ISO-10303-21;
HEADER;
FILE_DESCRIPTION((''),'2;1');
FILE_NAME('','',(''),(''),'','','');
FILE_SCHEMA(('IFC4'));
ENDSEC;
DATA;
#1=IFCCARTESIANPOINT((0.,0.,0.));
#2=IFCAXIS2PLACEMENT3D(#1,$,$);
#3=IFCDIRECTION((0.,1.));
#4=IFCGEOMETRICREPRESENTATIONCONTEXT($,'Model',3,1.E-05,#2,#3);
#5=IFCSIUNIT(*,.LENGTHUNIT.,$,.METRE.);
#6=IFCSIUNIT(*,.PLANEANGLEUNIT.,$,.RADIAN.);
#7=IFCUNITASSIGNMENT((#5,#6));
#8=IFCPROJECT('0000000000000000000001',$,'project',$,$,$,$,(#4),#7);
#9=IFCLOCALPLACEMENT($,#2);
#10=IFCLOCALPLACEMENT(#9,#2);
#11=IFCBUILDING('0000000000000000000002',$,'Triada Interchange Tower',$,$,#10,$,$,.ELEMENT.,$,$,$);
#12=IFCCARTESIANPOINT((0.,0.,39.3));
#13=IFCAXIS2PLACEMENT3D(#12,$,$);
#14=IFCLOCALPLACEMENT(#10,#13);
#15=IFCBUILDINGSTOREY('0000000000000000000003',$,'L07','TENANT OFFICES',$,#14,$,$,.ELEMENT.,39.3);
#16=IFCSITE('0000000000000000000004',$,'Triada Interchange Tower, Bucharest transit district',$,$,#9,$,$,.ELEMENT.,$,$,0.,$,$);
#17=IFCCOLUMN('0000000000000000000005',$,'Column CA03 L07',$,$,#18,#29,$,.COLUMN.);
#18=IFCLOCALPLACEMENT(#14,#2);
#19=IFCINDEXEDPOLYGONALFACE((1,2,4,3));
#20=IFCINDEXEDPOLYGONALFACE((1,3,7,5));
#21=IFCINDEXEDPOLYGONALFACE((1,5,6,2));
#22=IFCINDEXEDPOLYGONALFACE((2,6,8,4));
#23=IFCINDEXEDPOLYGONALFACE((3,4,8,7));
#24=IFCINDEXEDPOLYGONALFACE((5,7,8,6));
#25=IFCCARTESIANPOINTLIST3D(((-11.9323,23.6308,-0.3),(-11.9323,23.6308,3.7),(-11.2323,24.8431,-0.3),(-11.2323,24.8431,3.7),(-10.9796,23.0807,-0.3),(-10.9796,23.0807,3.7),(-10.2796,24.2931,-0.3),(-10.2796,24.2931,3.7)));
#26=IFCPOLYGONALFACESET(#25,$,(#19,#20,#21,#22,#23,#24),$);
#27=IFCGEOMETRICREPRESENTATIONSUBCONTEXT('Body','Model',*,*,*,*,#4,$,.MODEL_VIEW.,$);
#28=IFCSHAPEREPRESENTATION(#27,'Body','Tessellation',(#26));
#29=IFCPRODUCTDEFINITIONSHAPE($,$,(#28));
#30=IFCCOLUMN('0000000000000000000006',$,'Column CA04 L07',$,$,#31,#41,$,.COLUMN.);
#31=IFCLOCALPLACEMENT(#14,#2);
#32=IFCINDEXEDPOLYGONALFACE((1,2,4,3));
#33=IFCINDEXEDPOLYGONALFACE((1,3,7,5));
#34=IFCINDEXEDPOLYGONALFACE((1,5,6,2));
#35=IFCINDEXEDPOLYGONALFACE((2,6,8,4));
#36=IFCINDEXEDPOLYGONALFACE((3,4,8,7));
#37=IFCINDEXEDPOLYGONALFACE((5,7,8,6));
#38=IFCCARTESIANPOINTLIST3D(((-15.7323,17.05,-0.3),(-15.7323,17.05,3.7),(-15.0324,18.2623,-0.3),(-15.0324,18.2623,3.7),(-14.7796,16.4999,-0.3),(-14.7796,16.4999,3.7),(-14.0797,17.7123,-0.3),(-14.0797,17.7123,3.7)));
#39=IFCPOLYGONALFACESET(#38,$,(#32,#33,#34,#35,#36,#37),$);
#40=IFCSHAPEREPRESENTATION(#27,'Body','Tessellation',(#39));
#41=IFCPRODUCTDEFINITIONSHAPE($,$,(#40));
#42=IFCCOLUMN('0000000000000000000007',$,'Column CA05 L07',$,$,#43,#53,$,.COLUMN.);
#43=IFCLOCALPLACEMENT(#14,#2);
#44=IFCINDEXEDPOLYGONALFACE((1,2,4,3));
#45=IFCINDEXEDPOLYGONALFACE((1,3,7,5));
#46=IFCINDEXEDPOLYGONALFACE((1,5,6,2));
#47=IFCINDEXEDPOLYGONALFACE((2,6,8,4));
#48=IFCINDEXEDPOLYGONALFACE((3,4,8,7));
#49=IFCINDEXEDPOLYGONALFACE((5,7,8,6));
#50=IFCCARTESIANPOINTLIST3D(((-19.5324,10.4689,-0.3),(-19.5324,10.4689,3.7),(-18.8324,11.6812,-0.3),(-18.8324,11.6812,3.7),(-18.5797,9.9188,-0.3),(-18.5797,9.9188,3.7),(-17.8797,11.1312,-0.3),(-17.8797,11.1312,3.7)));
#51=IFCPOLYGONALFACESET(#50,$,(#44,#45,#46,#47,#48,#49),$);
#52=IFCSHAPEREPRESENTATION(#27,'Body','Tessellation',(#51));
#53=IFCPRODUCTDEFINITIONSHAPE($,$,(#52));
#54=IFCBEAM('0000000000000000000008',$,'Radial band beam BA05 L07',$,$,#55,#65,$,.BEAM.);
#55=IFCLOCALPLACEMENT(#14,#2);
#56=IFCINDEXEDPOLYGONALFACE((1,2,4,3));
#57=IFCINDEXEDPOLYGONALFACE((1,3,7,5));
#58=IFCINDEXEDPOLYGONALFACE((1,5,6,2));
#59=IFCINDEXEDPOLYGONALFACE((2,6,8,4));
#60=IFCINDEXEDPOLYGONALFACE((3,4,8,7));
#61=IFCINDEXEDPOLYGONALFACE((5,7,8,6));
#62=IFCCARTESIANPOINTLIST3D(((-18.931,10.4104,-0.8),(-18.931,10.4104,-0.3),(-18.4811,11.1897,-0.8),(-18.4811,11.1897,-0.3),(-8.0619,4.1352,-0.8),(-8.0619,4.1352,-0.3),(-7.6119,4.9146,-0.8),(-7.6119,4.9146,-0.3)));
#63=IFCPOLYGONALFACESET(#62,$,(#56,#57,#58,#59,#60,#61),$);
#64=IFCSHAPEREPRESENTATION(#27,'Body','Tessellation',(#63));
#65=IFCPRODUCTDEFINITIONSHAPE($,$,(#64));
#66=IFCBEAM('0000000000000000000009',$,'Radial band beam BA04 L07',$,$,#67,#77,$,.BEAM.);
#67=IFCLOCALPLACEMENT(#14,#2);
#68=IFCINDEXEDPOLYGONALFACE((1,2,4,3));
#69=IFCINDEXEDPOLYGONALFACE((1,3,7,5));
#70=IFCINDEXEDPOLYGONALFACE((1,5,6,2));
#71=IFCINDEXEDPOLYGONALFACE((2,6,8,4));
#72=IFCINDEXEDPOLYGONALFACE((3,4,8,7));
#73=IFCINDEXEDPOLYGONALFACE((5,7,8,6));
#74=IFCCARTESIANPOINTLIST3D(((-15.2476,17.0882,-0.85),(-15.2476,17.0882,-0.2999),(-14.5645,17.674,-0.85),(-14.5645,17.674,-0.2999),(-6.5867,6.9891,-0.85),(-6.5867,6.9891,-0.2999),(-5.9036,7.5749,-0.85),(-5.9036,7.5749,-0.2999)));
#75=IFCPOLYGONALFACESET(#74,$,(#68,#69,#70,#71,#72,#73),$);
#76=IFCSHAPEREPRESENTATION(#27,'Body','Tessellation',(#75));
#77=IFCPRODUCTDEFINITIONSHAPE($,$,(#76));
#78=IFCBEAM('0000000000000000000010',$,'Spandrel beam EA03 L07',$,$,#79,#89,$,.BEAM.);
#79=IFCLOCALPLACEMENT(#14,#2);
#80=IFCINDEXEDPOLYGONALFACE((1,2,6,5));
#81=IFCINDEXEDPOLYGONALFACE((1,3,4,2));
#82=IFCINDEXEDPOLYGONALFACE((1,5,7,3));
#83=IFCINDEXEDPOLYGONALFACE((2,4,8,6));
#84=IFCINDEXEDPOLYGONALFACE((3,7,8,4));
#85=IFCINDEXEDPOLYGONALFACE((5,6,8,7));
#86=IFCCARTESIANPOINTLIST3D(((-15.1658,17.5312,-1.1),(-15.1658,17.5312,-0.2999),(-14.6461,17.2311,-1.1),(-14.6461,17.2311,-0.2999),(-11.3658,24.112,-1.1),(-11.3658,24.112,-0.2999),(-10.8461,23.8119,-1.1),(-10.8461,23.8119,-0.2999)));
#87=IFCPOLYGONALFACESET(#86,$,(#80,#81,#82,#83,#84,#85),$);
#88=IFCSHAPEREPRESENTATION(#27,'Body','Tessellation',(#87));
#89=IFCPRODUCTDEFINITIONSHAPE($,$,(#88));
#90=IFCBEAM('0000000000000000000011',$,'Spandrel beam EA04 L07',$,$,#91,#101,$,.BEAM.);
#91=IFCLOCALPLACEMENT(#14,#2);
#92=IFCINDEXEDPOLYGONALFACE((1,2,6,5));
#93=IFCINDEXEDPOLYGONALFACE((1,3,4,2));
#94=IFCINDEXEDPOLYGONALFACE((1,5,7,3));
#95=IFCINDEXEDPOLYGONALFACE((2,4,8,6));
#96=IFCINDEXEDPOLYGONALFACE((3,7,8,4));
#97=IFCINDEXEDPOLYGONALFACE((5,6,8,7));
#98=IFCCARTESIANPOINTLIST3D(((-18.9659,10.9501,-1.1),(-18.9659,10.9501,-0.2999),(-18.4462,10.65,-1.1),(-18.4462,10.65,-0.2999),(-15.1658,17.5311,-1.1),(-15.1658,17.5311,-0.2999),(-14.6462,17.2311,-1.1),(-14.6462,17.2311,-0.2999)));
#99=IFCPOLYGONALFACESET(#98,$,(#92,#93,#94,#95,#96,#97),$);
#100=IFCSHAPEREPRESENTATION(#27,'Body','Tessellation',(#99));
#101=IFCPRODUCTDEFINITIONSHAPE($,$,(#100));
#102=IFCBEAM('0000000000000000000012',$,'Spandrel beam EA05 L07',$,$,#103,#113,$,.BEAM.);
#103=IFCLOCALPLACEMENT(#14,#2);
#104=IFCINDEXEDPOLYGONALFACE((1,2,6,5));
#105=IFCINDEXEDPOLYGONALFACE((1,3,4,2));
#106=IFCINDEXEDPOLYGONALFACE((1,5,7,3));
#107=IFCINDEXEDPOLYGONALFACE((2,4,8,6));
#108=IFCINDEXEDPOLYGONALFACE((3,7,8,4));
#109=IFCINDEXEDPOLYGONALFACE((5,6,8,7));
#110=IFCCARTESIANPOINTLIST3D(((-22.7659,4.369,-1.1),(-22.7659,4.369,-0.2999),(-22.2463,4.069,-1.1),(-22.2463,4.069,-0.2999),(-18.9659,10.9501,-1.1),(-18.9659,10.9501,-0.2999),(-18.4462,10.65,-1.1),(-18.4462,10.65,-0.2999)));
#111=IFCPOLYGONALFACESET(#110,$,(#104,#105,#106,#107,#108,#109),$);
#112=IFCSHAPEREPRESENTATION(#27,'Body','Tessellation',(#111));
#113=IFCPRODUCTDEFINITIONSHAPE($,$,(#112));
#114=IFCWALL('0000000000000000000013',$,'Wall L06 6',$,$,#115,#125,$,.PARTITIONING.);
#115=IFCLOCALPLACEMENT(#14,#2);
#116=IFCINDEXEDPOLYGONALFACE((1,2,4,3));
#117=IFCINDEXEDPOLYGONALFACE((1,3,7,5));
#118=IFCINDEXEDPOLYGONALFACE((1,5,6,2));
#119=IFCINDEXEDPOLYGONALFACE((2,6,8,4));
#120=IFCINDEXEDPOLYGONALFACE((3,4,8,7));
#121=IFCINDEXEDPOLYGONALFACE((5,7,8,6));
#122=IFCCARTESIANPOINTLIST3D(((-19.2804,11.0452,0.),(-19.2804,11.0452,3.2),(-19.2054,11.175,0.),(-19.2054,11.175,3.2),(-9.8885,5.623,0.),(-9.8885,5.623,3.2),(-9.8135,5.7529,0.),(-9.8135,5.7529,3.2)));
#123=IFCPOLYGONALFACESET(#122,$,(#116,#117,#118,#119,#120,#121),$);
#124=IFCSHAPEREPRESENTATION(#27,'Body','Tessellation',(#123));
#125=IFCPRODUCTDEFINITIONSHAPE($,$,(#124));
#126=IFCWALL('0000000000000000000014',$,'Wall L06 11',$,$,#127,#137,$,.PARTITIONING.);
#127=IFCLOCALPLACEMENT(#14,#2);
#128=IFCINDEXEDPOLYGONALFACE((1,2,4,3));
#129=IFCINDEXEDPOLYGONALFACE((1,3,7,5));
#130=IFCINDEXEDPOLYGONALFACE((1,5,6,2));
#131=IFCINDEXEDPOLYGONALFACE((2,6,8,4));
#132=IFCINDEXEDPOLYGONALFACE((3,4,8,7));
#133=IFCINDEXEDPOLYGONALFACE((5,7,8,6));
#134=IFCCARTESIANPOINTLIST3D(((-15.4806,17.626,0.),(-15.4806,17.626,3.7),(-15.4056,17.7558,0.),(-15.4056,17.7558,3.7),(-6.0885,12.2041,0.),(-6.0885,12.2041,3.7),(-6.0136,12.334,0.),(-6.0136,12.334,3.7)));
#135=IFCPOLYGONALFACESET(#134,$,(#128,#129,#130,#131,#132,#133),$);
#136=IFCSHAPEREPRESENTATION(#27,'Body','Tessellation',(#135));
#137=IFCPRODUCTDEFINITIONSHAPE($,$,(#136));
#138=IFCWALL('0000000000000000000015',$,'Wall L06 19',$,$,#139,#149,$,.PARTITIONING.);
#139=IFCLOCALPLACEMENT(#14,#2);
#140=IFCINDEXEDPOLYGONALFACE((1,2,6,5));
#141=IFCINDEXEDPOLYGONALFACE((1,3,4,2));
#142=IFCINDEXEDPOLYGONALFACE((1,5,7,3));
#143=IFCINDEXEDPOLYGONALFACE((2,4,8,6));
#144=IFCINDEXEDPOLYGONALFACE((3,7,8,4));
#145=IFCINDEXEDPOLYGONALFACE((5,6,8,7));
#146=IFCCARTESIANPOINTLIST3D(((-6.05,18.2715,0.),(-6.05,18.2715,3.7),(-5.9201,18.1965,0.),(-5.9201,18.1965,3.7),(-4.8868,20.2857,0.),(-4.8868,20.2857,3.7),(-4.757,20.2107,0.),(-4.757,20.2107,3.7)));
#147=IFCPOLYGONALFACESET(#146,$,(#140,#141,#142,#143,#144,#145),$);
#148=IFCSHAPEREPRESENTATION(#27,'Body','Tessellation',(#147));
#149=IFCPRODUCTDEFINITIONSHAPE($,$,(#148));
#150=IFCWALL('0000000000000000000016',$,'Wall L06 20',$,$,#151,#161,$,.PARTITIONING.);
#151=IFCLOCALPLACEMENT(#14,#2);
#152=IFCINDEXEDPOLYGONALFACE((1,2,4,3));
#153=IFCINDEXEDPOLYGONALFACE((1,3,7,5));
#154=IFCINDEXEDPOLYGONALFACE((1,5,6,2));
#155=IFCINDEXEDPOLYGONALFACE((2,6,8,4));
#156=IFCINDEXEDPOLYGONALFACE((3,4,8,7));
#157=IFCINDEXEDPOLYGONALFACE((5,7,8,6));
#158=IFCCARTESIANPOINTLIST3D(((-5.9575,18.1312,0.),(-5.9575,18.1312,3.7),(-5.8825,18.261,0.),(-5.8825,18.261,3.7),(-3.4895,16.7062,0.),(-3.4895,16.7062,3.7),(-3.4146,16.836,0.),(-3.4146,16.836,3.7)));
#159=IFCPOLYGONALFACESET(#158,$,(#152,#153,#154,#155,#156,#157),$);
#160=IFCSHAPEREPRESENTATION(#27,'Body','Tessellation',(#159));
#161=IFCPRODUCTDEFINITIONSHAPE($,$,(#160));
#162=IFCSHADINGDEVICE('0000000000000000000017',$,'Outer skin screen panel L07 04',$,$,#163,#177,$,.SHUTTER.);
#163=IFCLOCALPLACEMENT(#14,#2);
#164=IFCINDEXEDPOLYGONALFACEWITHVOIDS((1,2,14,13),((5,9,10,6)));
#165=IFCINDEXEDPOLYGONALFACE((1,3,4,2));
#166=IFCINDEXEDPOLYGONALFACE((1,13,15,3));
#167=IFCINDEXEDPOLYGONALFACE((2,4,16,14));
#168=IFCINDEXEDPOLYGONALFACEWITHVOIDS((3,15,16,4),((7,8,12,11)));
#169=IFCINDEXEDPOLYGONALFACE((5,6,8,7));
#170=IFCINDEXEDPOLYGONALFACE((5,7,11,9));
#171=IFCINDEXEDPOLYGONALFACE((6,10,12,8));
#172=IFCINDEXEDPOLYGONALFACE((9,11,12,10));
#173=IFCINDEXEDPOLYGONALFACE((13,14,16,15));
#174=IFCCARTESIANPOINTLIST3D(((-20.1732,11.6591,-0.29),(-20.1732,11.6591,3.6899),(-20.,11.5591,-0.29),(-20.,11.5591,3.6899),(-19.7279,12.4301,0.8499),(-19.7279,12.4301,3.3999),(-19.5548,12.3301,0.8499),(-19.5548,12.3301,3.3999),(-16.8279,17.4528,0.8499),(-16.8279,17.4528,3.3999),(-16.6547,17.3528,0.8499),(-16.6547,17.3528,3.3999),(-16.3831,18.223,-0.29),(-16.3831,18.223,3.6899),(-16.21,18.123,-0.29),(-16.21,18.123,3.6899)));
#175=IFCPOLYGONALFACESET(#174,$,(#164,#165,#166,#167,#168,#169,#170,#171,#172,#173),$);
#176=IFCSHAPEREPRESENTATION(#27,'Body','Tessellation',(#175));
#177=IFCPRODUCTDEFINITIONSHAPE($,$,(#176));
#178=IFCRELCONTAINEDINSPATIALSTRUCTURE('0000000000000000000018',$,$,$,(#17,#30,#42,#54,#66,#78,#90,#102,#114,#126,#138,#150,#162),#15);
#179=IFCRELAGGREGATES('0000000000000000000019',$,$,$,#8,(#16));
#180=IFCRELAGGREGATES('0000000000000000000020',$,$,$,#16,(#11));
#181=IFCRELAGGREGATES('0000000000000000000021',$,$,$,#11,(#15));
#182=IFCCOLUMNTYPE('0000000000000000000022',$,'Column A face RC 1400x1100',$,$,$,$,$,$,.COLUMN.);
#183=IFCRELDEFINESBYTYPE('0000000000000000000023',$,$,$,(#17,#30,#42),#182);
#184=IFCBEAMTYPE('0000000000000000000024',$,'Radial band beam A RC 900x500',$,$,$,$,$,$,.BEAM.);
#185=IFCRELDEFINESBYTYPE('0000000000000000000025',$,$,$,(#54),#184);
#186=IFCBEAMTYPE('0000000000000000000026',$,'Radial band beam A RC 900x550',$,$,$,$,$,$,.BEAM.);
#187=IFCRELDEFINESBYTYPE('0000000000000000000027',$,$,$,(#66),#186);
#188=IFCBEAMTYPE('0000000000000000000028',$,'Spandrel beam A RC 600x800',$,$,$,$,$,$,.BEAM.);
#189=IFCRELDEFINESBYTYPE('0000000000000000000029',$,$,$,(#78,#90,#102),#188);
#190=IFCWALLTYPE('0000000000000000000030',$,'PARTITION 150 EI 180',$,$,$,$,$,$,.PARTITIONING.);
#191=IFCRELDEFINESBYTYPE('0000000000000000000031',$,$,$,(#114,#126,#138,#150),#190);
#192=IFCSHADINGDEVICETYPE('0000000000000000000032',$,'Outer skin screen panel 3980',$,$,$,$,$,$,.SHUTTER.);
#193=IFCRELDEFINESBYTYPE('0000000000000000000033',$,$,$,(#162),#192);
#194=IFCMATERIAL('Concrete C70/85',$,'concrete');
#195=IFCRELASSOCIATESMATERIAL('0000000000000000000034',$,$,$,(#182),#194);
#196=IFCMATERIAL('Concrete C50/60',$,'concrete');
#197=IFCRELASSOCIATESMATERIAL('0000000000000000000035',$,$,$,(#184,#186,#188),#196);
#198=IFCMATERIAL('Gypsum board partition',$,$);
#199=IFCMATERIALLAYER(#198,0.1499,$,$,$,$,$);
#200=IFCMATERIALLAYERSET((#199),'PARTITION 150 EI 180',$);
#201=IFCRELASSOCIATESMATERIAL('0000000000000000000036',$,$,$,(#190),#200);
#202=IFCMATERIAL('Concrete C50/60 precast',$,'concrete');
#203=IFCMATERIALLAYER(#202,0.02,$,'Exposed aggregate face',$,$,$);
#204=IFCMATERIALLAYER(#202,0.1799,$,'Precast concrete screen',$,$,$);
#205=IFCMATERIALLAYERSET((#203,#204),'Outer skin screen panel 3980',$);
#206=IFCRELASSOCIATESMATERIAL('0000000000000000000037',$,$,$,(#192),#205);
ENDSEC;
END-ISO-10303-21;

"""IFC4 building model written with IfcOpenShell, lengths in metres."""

from ifc_helpers import new_model, si_unit, direction, frame, frame_2d, origin, origin_2d, place, context, subcontext, project, spatial, polyline, rectangle, outline, extrude, material, layer, layer_set, material_profile, profile_set, type_object, element, save


model = new_model("IFC4")

# Units and contexts
model_context = context("Model", 3, precision=1e-05, world=origin(), true_north=direction((0.0, 1.0)))
body_context = subcontext(model_context, "Body", "Model", "MODEL_VIEW")
ifc_project = project(units=[si_unit("LENGTHUNIT", "METRE"), si_unit("PLANEANGLEUNIT", "RADIAN")], contexts=[model_context])

# Site, building, storey
site_placement = place(None, origin())
site = spatial("IfcSite", under=ifc_project, at=site_placement, Name="Triada Interchange Tower, Bucharest transit district", CompositionType="ELEMENT", RefElevation=0.0)
building_placement = place(site_placement, origin())
building = spatial("IfcBuilding", under=site, at=building_placement, Name="Triada Interchange Tower", CompositionType="ELEMENT")
storey_placement = place(building_placement, frame((0.0, 0.0, 39.3)))
storey = spatial("IfcBuildingStorey", under=building, at=storey_placement, Name="L07", Description="TENANT OFFICES", CompositionType="ELEMENT", Elevation=39.3)

# Columns
ifc_material_1 = material(Name="Concrete C70/85", Category="concrete")
ifc_material_profile_1 = material_profile(ifc_material_1, rectangle(XDim=1.3999, YDim=1.1001, at=origin_2d()), Name="RC 1400x1100")
ifc_profile_set_1 = profile_set([ifc_material_profile_1], Name="Concrete C70/85")
column_type = type_object("IfcColumnType", Name="Column A face RC 1400x1100", PredefinedType="COLUMN", material=ifc_profile_set_1)
for number, where, z_axis, x_axis, name in (
    (1, (-11.106, 23.9619, -0.3), (0.0, 0.0, 1.0), (0.5, 0.866025, 0.0), "Column CA03 L07"),
    (2, (-14.906, 17.3811, -0.3), (0.0, 0.0, 1.0), (0.5, 0.866025, 0.0), "Column CA04 L07"),
    (3, (-18.7061, 10.8, -0.3), (0.0, 0.0, 1.0), (0.5, 0.866025, 0.0), "Column CA05 L07"),
):
    element("IfcColumn", number, at=place(storey_placement, frame(where, z_axis=z_axis, x_axis=x_axis)), inside=storey, type_object=column_type, Name=name, PredefinedType="COLUMN", context=body_context, shape_type="SweptSolid", body=[
        extrude(rectangle(XDim=1.3999, YDim=1.1001, at=origin_2d()), origin(), (0.0, 0.0, 1.0), 4.0),
    ])

# Beams
ifc_material_2 = material(Name="Concrete C50/60", Category="concrete")
ifc_material_profile_2 = material_profile(ifc_material_2, rectangle(XDim=0.8999, YDim=0.5, at=origin_2d()), Name="RC 900x500")
ifc_profile_set_2 = profile_set([ifc_material_profile_2], Name="Concrete C50/60")
beam_type_1 = type_object("IfcBeamType", Name="Radial band beam A RC 900x500", PredefinedType="BEAM", material=ifc_profile_set_2)
beam_1_placement = place(storey_placement, frame((-18.7061, 10.8, -0.55), z_axis=(0.866031, -0.499991, 0.0), x_axis=(0.499991, 0.866031, 0.0)))
element("IfcBeam", 4, at=beam_1_placement, inside=storey, type_object=beam_type_1, Name="Radial band beam BA05 L07", PredefinedType="BEAM", context=body_context, shape_type="SweptSolid", body=[
    extrude(rectangle(XDim=0.8999, YDim=0.5, at=origin_2d()), origin(), (0.0, 0.0, 1.0), 12.5505),
])
ifc_material_profile_3 = material_profile(ifc_material_2, rectangle(XDim=0.8999, YDim=0.55, at=origin_2d()), Name="RC 900x550")
ifc_profile_set_3 = profile_set([ifc_material_profile_3], Name="Concrete C50/60")
beam_type_2 = type_object("IfcBeamType", Name="Radial band beam A RC 900x550", PredefinedType="BEAM", material=ifc_profile_set_3)
beam_2_placement = place(storey_placement, frame((-14.906, 17.3811, -0.575), z_axis=(0.650986, -0.759089, 0.0), x_axis=(0.759089, 0.650986, 0.0)))
element("IfcBeam", 5, at=beam_2_placement, inside=storey, type_object=beam_type_2, Name="Radial band beam BA04 L07", PredefinedType="BEAM", context=body_context, shape_type="SweptSolid", body=[
    extrude(rectangle(XDim=0.8999, YDim=0.55, at=origin_2d()), origin(), (0.0, 0.0, 1.0), 13.3042),
])
ifc_material_profile_4 = material_profile(ifc_material_2, rectangle(XDim=0.6001, YDim=0.8, at=origin_2d()), Name="RC 600x800")
ifc_profile_set_4 = profile_set([ifc_material_profile_4], Name="Concrete C50/60")
beam_type_3 = type_object("IfcBeamType", Name="Spandrel beam A RC 600x800", PredefinedType="BEAM", material=ifc_profile_set_4)
beam_3_placement = place(storey_placement, frame((-11.106, 23.9619, -0.7), z_axis=(-0.500061, -0.86599, 0.0), x_axis=(0.86599, -0.500061, 0.0)))
element("IfcBeam", 6, at=beam_3_placement, inside=storey, type_object=beam_type_3, Name="Spandrel beam EA03 L07", PredefinedType="BEAM", context=body_context, shape_type="SweptSolid", body=[
    extrude(rectangle(XDim=0.6001, YDim=0.8, at=origin_2d()), origin(), (0.0, 0.0, 1.0), 7.5991),
])
for number, where, z_axis, x_axis, name in (
    (7, (-14.906, 17.3811, -0.7), (-0.500047, -0.865998, 0.0), (0.865998, -0.500047, 0.0), "Spandrel beam EA04 L07"),
    (8, (-18.7061, 10.8, -0.7), (-0.500047, -0.865998, 0.0), (0.865998, -0.500047, 0.0), "Spandrel beam EA05 L07"),
):
    element("IfcBeam", number, at=place(storey_placement, frame(where, z_axis=z_axis, x_axis=x_axis)), inside=storey, type_object=beam_type_3, Name=name, PredefinedType="BEAM", context=body_context, shape_type="SweptSolid", body=[
        extrude(rectangle(XDim=0.6001, YDim=0.8, at=origin_2d()), origin(), (0.0, 0.0, 1.0), 7.5994),
    ])

# Walls
ifc_material_3 = material(Name="Gypsum board partition")
ifc_layer_1 = layer(ifc_material_3, 0.1499)
ifc_layer_set_1 = layer_set([ifc_layer_1], Name="PARTITION 150 EI 180")
wall_type_1 = type_object("IfcWallType", Name="PARTITION 150 EI 180", PredefinedType="PARTITIONING", material=ifc_layer_set_1)
wall_1_placement = place(storey_placement, frame((-19.2429, 11.1101, 0.0), z_axis=(0.0, 0.0, 1.0), x_axis=(0.866036, -0.499982, 0.0)))
element("IfcWall", 9, at=wall_1_placement, inside=storey, type_object=wall_type_1, Name="Wall L06 6", PredefinedType="PARTITIONING", context=body_context, shape_type="SweptSolid", body=[
    extrude(rectangle(XDim=10.8447, YDim=0.1499, at=frame_2d((5.4224, 0.0))), origin(), (0.0, 0.0, 1.0), 3.2),
])
wall_2_placement = place(storey_placement, frame((-15.4431, 17.6909, 0.0), z_axis=(0.0, 0.0, 1.0), x_axis=(0.866051, -0.499955, 0.0)))
element("IfcWall", 10, at=wall_2_placement, inside=storey, type_object=wall_type_1, Name="Wall L06 11", PredefinedType="PARTITIONING", context=body_context, shape_type="SweptSolid", body=[
    extrude(rectangle(XDim=10.8447, YDim=0.1499, at=frame_2d((5.4224, 0.0))), origin(), (0.0, 0.0, 1.0), 3.7),
])
wall_3_placement = place(storey_placement, frame((-5.9851, 18.2339, 0.0), z_axis=(0.0, 0.0, 1.0), x_axis=(0.500068, 0.865986, 0.0)))
element("IfcWall", 11, at=wall_3_placement, inside=storey, type_object=wall_type_1, Name="Wall L06 19", PredefinedType="PARTITIONING", context=body_context, shape_type="SweptSolid", body=[
    extrude(rectangle(XDim=2.3259, YDim=0.1499, at=frame_2d((1.1631, 0.0))), origin(), (0.0, 0.0, 1.0), 3.7),
])
wall_4_placement = place(storey_placement, frame((-5.9199, 18.196, 0.0), z_axis=(0.0, 0.0, 1.0), x_axis=(0.866004, -0.500036, 0.0)))
element("IfcWall", 12, at=wall_4_placement, inside=storey, type_object=wall_type_1, Name="Wall L06 20", PredefinedType="PARTITIONING", context=body_context, shape_type="SweptSolid", body=[
    extrude(rectangle(XDim=2.8499, YDim=0.1499, at=frame_2d((1.4248, 0.0))), origin(), (0.0, 0.0, 1.0), 3.7),
])

# Shading device
ifc_material_4 = material(Name="Concrete C50/60 precast", Category="concrete")
ifc_layer_2 = layer(ifc_material_4, 0.02, Name="Exposed aggregate face")
ifc_layer_3 = layer(ifc_material_4, 0.1799, Name="Precast concrete screen")
ifc_layer_set_2 = layer_set([ifc_layer_2, ifc_layer_3], Name="Outer skin screen panel 3980")
shading_device_type = type_object("IfcShadingDeviceType", Name="Outer skin screen panel 3980", PredefinedType="SHUTTER", material=ifc_layer_set_2)
shading_device_1_placement = place(storey_placement, frame((-16.21, 18.123, -0.29), z_axis=(0.0, 0.0, 1.0), x_axis=(-0.500033, -0.866006, 0.0)))
element("IfcShadingDevice", 13, at=shading_device_1_placement, inside=storey, type_object=shading_device_type, Name="Outer skin screen panel L07 04", PredefinedType="SHUTTER", context=body_context, shape_type="SweptSolid", body=[
    extrude(outline(polyline([(0.0, 0.0), (7.5796, 0.0), (7.5796, 3.98), (0.0, 3.98), (0.0, 0.0)]), holes=[polyline([(0.8894, 1.1399), (0.8894, 3.6899), (6.6892, 3.6899), (6.6892, 1.1399), (0.8894, 1.1399)])]), frame((0.0, 0.0, 0.0), z_axis=(0.0, -1.0, 0.0), x_axis=(1.0, 0.0, 0.0)), (0.0, 0.0, 1.0), 0.2),
])

save(model, "model.ifc")
